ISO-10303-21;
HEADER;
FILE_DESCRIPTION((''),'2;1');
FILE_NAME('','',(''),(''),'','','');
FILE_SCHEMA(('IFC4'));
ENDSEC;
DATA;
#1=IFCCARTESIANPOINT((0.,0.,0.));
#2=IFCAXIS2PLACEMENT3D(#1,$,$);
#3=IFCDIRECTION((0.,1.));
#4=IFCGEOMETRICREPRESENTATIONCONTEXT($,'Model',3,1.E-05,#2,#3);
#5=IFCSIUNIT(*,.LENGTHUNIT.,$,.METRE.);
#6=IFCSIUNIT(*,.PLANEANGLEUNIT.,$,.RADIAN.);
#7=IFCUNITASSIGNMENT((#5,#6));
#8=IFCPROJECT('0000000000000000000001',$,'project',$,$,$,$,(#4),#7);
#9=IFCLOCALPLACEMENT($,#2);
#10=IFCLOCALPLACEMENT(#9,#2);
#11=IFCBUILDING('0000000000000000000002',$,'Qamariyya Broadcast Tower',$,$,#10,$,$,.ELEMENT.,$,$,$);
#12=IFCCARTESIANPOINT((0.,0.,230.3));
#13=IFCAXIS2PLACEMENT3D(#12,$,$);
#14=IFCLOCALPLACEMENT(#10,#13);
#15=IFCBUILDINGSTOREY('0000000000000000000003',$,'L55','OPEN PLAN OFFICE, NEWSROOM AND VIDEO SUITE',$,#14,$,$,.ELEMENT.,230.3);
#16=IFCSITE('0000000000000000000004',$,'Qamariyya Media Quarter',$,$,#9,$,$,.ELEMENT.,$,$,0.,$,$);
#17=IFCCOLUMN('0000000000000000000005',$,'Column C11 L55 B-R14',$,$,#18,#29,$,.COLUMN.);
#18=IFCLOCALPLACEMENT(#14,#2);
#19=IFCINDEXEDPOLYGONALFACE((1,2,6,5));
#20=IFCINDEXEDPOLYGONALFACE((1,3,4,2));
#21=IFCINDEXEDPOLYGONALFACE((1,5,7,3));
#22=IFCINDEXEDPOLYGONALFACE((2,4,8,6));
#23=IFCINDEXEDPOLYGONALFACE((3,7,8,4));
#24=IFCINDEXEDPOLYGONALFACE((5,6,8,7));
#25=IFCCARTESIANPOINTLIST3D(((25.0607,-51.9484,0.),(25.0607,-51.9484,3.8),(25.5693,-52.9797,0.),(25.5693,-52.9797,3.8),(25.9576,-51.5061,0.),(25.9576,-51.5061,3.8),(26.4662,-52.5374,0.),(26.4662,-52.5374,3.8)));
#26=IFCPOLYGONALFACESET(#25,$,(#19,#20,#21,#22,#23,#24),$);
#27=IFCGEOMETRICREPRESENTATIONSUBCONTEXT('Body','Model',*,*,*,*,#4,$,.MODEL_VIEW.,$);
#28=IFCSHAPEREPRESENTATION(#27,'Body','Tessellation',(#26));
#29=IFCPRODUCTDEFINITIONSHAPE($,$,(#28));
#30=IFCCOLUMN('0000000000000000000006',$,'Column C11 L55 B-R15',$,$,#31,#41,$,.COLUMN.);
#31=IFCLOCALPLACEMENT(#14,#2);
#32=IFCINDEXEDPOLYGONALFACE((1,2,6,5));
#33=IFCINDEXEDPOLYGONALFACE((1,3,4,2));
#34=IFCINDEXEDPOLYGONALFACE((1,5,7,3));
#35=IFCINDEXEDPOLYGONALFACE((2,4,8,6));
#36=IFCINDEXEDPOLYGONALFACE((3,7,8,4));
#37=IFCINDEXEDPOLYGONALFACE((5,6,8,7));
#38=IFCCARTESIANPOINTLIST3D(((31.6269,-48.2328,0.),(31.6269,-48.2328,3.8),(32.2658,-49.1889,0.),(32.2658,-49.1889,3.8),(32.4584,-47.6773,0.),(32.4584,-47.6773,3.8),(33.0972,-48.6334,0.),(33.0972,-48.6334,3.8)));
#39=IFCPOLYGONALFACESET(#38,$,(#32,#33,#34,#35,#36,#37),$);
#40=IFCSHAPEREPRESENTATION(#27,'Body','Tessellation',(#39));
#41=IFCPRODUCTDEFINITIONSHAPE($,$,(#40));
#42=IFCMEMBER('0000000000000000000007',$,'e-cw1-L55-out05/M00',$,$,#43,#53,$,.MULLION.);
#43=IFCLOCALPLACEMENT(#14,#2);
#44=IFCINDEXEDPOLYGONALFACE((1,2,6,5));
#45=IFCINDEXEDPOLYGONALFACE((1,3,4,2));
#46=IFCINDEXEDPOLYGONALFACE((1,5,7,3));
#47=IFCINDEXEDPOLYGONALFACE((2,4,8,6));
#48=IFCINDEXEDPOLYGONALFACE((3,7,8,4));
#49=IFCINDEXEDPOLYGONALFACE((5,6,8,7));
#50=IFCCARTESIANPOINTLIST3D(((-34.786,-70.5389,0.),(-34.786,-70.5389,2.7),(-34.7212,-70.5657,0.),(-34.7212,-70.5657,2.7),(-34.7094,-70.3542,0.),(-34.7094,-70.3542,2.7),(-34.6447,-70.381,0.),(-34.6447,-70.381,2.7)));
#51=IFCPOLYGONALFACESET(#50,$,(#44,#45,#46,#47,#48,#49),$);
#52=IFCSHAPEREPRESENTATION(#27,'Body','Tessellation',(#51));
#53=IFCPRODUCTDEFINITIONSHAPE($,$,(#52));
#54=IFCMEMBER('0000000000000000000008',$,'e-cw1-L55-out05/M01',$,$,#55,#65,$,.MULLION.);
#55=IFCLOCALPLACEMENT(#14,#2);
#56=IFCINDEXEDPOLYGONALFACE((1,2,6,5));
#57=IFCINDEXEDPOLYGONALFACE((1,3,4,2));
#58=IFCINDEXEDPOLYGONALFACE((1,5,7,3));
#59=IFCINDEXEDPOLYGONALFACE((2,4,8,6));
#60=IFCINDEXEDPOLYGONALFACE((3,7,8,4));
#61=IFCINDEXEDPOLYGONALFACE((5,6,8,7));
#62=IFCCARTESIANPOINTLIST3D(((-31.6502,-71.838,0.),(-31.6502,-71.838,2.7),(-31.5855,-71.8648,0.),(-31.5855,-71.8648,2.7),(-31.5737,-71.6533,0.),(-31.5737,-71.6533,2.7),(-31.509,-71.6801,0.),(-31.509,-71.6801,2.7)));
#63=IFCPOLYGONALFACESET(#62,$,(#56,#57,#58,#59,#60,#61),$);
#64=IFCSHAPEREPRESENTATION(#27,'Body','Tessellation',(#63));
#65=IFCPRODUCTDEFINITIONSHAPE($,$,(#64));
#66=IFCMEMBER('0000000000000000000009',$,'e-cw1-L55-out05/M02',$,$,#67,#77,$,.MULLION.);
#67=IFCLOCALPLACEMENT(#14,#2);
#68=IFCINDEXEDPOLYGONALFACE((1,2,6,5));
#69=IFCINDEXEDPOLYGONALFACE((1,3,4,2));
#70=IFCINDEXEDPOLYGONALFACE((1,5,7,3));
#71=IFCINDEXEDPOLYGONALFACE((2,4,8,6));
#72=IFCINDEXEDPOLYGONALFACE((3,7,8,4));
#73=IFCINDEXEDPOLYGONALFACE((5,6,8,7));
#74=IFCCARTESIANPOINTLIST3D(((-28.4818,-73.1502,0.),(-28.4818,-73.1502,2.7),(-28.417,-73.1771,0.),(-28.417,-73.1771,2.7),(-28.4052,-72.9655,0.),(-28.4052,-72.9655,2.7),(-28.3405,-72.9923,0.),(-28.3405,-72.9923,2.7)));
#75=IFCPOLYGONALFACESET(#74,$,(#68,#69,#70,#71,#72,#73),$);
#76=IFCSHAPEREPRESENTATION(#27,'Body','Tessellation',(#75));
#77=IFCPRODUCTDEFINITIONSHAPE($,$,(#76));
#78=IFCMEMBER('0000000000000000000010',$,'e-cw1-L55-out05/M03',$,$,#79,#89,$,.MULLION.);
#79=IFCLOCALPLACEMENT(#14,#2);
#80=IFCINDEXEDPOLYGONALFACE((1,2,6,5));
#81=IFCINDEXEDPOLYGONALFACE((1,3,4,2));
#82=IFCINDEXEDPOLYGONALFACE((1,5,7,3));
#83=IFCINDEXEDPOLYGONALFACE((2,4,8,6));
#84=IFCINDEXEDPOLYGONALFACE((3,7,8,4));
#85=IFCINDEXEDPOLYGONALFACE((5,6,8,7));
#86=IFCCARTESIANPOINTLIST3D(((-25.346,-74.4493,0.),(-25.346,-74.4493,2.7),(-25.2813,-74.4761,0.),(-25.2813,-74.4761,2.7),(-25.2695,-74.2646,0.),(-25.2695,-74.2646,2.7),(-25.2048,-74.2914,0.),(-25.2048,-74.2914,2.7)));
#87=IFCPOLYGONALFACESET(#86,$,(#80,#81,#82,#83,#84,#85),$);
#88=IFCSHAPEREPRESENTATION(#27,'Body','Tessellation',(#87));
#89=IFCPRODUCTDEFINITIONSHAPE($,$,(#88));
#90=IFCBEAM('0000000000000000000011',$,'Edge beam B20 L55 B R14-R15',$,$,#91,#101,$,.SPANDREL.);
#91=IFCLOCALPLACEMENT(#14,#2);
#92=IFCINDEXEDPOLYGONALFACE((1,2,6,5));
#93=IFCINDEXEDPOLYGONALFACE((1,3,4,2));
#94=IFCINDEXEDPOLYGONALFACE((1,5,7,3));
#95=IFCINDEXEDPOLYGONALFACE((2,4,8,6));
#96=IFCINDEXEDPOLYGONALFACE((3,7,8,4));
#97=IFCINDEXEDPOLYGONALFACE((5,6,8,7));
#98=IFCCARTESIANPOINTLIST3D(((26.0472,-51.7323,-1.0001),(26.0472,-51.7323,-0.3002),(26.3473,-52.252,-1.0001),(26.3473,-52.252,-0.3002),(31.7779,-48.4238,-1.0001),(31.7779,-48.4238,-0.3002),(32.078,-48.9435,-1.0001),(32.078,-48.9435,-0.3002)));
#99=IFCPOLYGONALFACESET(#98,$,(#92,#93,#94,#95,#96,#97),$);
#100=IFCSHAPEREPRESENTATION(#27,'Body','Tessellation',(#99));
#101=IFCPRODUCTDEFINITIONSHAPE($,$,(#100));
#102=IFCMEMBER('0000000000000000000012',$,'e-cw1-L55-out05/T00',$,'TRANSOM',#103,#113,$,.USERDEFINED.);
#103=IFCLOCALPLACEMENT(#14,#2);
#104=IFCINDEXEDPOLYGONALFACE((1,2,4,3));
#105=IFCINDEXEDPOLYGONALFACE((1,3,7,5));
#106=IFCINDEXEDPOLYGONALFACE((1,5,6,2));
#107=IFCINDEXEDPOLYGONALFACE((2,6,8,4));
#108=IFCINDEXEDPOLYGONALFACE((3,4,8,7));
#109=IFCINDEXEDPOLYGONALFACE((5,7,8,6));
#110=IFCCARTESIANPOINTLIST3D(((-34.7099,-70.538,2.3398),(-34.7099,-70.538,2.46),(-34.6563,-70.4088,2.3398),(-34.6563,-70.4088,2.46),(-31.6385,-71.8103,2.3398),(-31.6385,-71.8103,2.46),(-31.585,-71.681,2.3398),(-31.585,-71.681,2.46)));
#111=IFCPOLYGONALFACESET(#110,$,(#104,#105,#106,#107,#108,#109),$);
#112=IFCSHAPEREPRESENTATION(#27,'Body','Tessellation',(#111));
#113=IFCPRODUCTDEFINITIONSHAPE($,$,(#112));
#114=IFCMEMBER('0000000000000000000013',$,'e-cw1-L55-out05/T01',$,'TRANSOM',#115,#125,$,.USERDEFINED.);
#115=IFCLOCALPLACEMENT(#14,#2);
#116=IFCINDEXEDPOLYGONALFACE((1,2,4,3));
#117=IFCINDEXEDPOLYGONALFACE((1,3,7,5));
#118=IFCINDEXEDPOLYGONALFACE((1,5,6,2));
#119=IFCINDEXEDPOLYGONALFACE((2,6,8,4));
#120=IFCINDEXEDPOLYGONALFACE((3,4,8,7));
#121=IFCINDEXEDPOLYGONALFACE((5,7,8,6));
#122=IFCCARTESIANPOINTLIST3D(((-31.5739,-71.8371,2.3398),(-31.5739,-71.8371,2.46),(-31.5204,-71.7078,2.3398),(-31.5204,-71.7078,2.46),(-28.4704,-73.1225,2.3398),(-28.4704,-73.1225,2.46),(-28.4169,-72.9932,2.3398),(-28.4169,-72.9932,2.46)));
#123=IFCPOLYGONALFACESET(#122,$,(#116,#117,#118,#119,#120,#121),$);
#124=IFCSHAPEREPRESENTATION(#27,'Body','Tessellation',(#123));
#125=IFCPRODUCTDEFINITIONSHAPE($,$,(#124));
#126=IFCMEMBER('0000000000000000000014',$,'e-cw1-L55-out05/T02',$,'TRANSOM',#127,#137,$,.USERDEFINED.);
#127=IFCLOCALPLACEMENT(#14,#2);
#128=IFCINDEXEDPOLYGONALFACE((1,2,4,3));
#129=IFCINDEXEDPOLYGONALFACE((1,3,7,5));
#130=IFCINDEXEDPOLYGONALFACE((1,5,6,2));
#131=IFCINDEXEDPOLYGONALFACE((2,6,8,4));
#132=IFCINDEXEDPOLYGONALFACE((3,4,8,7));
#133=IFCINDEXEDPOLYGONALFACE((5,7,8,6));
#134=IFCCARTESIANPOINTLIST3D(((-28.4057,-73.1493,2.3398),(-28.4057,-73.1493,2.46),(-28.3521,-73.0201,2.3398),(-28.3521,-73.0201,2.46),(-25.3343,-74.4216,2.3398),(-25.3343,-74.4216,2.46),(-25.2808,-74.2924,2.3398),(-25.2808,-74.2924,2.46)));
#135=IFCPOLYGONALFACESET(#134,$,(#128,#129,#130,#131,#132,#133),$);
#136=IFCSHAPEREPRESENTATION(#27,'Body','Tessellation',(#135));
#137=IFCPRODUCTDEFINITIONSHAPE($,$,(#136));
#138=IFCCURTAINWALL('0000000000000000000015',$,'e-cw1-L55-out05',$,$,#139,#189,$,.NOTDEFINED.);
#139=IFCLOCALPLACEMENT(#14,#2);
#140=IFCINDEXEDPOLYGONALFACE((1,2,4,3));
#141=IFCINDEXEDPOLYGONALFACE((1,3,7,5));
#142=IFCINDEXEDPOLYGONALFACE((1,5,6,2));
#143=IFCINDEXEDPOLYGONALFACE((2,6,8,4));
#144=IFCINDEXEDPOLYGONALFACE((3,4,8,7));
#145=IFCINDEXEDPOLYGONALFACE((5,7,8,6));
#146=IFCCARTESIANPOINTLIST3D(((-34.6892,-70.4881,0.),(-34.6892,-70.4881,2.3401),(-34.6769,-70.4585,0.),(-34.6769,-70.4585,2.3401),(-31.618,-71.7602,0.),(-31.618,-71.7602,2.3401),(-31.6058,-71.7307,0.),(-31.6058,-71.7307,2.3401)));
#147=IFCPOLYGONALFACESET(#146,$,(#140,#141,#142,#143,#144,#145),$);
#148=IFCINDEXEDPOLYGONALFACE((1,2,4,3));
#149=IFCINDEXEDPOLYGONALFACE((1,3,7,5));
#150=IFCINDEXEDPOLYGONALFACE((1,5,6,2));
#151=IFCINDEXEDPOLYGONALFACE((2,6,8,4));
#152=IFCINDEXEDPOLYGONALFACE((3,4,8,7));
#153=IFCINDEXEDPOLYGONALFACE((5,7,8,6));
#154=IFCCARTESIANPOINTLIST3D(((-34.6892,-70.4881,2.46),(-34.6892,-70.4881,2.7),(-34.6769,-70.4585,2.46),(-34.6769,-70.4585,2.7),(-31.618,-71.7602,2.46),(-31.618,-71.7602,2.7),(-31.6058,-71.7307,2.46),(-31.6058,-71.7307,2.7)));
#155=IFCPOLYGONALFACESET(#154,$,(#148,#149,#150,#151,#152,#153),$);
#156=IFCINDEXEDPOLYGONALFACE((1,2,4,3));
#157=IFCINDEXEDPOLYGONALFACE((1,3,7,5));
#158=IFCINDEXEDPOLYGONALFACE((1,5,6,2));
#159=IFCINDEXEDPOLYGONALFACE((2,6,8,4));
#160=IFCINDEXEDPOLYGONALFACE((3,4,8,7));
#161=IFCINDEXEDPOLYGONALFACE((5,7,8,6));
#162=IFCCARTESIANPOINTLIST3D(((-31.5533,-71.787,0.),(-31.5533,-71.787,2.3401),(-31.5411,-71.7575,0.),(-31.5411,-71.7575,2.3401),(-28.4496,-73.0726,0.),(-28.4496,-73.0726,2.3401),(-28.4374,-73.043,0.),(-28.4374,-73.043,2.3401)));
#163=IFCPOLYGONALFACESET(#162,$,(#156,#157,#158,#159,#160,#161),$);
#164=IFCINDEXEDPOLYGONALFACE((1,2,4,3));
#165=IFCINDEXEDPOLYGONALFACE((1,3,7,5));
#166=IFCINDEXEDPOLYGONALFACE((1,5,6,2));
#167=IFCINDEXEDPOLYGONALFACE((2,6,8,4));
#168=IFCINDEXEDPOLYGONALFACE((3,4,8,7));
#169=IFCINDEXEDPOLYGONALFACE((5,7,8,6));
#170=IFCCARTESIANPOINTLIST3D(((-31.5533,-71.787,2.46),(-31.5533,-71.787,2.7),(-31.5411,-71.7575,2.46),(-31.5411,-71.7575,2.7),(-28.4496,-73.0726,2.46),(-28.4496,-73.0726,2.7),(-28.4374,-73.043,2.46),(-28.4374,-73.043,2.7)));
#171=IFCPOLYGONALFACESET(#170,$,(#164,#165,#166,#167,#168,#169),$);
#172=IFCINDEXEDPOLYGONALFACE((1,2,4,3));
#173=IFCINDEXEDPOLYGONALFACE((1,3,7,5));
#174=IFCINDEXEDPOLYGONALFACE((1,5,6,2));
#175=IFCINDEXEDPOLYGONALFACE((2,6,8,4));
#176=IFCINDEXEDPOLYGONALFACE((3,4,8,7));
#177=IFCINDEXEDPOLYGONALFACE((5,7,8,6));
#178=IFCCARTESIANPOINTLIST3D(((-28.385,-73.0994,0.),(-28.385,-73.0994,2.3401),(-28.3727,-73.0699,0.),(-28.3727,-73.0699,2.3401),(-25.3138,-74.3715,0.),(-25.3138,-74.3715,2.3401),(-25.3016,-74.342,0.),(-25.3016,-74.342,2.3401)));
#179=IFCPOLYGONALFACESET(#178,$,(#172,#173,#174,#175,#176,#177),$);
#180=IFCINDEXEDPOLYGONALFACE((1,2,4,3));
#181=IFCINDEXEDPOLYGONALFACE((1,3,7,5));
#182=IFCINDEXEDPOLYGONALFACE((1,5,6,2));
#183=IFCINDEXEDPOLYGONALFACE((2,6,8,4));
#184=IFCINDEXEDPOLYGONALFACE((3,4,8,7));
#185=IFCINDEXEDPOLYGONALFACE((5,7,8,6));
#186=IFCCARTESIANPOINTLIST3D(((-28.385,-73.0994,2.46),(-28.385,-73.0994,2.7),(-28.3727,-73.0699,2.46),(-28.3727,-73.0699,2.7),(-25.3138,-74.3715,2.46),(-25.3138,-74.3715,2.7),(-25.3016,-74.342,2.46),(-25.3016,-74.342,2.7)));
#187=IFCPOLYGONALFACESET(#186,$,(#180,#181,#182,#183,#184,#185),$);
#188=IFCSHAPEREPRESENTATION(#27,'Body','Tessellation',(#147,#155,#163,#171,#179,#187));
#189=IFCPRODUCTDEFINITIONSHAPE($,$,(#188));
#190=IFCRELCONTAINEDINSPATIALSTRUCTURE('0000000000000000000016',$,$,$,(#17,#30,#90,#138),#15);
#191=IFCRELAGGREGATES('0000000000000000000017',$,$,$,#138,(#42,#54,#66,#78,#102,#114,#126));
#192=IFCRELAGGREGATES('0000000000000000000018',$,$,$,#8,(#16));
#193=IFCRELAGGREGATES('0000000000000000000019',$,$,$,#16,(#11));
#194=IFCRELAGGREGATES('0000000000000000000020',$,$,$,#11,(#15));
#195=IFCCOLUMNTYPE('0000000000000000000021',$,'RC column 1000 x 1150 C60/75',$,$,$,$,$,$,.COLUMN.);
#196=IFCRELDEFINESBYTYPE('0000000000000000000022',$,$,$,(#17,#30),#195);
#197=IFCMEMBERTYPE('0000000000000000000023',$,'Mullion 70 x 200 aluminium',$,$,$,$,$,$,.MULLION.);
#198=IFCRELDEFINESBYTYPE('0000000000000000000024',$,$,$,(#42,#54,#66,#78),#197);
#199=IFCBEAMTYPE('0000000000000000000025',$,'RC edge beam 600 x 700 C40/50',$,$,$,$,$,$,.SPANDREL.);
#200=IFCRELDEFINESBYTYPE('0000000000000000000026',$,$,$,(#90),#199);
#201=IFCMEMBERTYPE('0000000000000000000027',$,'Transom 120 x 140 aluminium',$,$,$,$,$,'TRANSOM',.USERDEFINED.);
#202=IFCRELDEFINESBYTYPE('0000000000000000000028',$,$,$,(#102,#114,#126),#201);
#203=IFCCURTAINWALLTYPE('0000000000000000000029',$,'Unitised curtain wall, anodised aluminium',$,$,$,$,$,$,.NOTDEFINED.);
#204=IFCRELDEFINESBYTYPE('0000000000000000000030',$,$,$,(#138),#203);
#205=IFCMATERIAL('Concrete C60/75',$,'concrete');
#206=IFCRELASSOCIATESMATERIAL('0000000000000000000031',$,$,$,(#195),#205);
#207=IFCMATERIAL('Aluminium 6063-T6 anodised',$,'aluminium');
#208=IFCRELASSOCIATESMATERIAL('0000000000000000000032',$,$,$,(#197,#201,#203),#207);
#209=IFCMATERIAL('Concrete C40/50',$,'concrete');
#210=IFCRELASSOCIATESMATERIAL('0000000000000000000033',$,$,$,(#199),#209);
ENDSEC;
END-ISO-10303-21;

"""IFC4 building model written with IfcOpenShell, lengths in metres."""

from ifc_helpers import new_model, si_unit, direction, frame, origin, origin_2d, place, context, subcontext, project, spatial, rectangle, extrude, material, material_profile, profile_set, type_object, element, aggregate, save


model = new_model("IFC4")

# Units and contexts
model_context = context("Model", 3, precision=1e-05, world=origin(), true_north=direction((0.0, 1.0)))
body_context = subcontext(model_context, "Body", "Model", "MODEL_VIEW")
ifc_project = project(units=[si_unit("LENGTHUNIT", "METRE"), si_unit("PLANEANGLEUNIT", "RADIAN")], contexts=[model_context])

# Site, building, storey
site_placement = place(None, origin())
site = spatial("IfcSite", under=ifc_project, at=site_placement, Name="Qamariyya Media Quarter", CompositionType="ELEMENT", RefElevation=0.0)
building_placement = place(site_placement, origin())
building = spatial("IfcBuilding", under=site, at=building_placement, Name="Qamariyya Broadcast Tower", CompositionType="ELEMENT")
storey_placement = place(building_placement, frame((0.0, 0.0, 230.3)))
storey = spatial("IfcBuildingStorey", under=building, at=storey_placement, Name="L55", Description="OPEN PLAN OFFICE, NEWSROOM AND VIDEO SUITE", CompositionType="ELEMENT", Elevation=230.3)

# Columns
ifc_material_1 = material(Name="Concrete C60/75", Category="concrete")
ifc_material_profile_1 = material_profile(ifc_material_1, rectangle(XDim=1.0, YDim=1.1499, at=origin_2d()))
ifc_profile_set_1 = profile_set([ifc_material_profile_1], Name="Concrete C60/75")
column_type = type_object("IfcColumnType", Name="RC column 1000 x 1150 C60/75", PredefinedType="COLUMN", material=ifc_profile_set_1)
for number, where, z_axis, x_axis, name in (
    (1, (25.7634, -52.2429, 0.0), (0.0, 0.0, 1.0), (0.896873, 0.442289, 0.0), "Column C11 L55 B-R14"),
    (2, (32.3621, -48.4331, 0.0), (0.0, 0.0, 1.0), (0.83147, 0.55557, 0.0), "Column C11 L55 B-R15"),
):
    element("IfcColumn", number, at=place(storey_placement, frame(where, z_axis=z_axis, x_axis=x_axis)), inside=storey, type_object=column_type, Name=name, PredefinedType="COLUMN", context=body_context, shape_type="SweptSolid", body=[
        extrude(rectangle(XDim=1.0, YDim=1.1499, at=origin_2d()), origin(), (0.0, 0.0, 1.0), 3.8),
    ])

# Members
ifc_material_2 = material(Name="Aluminium 6063-T6 anodised", Category="aluminium")
ifc_material_profile_2 = material_profile(ifc_material_2, rectangle(XDim=0.2, YDim=0.0701, at=origin_2d()))
ifc_profile_set_2 = profile_set([ifc_material_profile_2], Name="Aluminium 6063-T6 anodised")
member_type_1 = type_object("IfcMemberType", Name="Mullion 70 x 200 aluminium", PredefinedType="MULLION", material=ifc_profile_set_2)
member_1_placement = place(storey_placement, frame((-34.7153, -70.46, 0.0), z_axis=(0.0, 0.0, 1.0), x_axis=(0.382683, 0.92388, 0.0)))
member_1 = element("IfcMember", 3, at=member_1_placement, type_object=member_type_1, Name="e-cw1-L55-out05/M00", PredefinedType="MULLION", context=body_context, shape_type="SweptSolid", body=[
    extrude(rectangle(XDim=0.2, YDim=0.0701, at=origin_2d()), origin(), (0.0, 0.0, 1.0), 2.7),
])
member_2_placement = place(storey_placement, frame((-31.5796, -71.759, 0.0), z_axis=(0.0, 0.0, 1.0), x_axis=(0.382683, 0.92388, 0.0)))
member_2 = element("IfcMember", 4, at=member_2_placement, type_object=member_type_1, Name="e-cw1-L55-out05/M01", PredefinedType="MULLION", context=body_context, shape_type="SweptSolid", body=[
    extrude(rectangle(XDim=0.2, YDim=0.0701, at=origin_2d()), origin(), (0.0, 0.0, 1.0), 2.7),
])
member_3_placement = place(storey_placement, frame((-28.4111, -73.0713, 0.0), z_axis=(0.0, 0.0, 1.0), x_axis=(0.382683, 0.92388, 0.0)))
member_3 = element("IfcMember", 5, at=member_3_placement, type_object=member_type_1, Name="e-cw1-L55-out05/M02", PredefinedType="MULLION", context=body_context, shape_type="SweptSolid", body=[
    extrude(rectangle(XDim=0.2, YDim=0.0701, at=origin_2d()), origin(), (0.0, 0.0, 1.0), 2.7),
])
member_4_placement = place(storey_placement, frame((-25.2754, -74.3704, 0.0), z_axis=(0.0, 0.0, 1.0), x_axis=(0.382683, 0.92388, 0.0)))
member_4 = element("IfcMember", 6, at=member_4_placement, type_object=member_type_1, Name="e-cw1-L55-out05/M03", PredefinedType="MULLION", context=body_context, shape_type="SweptSolid", body=[
    extrude(rectangle(XDim=0.2, YDim=0.0701, at=origin_2d()), origin(), (0.0, 0.0, 1.0), 2.7),
])

# Beam
ifc_material_3 = material(Name="Concrete C40/50", Category="concrete")
ifc_material_profile_3 = material_profile(ifc_material_3, rectangle(XDim=0.6001, YDim=0.7, at=origin_2d()))
ifc_profile_set_3 = profile_set([ifc_material_profile_3], Name="Concrete C40/50")
beam_type_1 = type_object("IfcBeamType", Name="RC edge beam 600 x 700 C40/50", PredefinedType="SPANDREL", material=ifc_profile_set_3)
beam_1_placement = place(storey_placement, frame((26.1973, -51.9922, -0.6501), z_axis=(0.866028, 0.499996, 0.0), x_axis=(-0.499996, 0.866028, 0.0)))
element("IfcBeam", 7, at=beam_1_placement, inside=storey, type_object=beam_type_1, Name="Edge beam B20 L55 B R14-R15", PredefinedType="SPANDREL", context=body_context, shape_type="SweptSolid", body=[
    extrude(rectangle(XDim=0.6001, YDim=0.7, at=origin_2d()), origin(), (0.0, 0.0, 1.0), 6.6172),
])

# Members
ifc_material_profile_4 = material_profile(ifc_material_2, rectangle(XDim=0.1399, YDim=0.1201, at=origin_2d()))
ifc_profile_set_4 = profile_set([ifc_material_profile_4], Name="Aluminium 6063-T6 anodised")
member_type_2 = type_object("IfcMemberType", Name="Transom 120 x 140 aluminium", ElementType="TRANSOM", PredefinedType="USERDEFINED", material=ifc_profile_set_4)
member_5_placement = place(storey_placement, frame((-34.6831, -70.4734, 2.3999), z_axis=(0.923875, -0.382696, 0.0), x_axis=(0.382696, 0.923875, 0.0)))
member_5 = element("IfcMember", 8, at=member_5_placement, type_object=member_type_2, Name="e-cw1-L55-out05/T00", ObjectType="TRANSOM", PredefinedType="USERDEFINED", context=body_context, shape_type="SweptSolid", body=[
    extrude(rectangle(XDim=0.1399, YDim=0.1201, at=origin_2d()), origin(), (0.0, 0.0, 1.0), 3.3245),
])
member_6_placement = place(storey_placement, frame((-31.5471, -71.7725, 2.3999), z_axis=(0.923892, -0.382653, 0.0), x_axis=(0.382653, 0.923892, 0.0)))
member_6 = element("IfcMember", 9, at=member_6_placement, type_object=member_type_2, Name="e-cw1-L55-out05/T01", ObjectType="TRANSOM", PredefinedType="USERDEFINED", context=body_context, shape_type="SweptSolid", body=[
    extrude(rectangle(XDim=0.1399, YDim=0.1201, at=origin_2d()), origin(), (0.0, 0.0, 1.0), 3.3591),
])
member_7_placement = place(storey_placement, frame((-28.3789, -73.0847, 2.3999), z_axis=(0.923875, -0.382696, 0.0), x_axis=(0.382696, 0.923875, 0.0)))
member_7 = element("IfcMember", 10, at=member_7_placement, type_object=member_type_2, Name="e-cw1-L55-out05/T02", ObjectType="TRANSOM", PredefinedType="USERDEFINED", context=body_context, shape_type="SweptSolid", body=[
    extrude(rectangle(XDim=0.1399, YDim=0.1201, at=origin_2d()), origin(), (0.0, 0.0, 1.0), 3.3245),
])

# Curtain wall
curtain_wall_type = type_object("IfcCurtainWallType", Name="Unitised curtain wall, anodised aluminium", PredefinedType="NOTDEFINED", material=ifc_material_2)
curtain_wall_placement = place(storey_placement, origin())
curtain_wall = element("IfcCurtainWall", 11, at=curtain_wall_placement, inside=storey, type_object=curtain_wall_type, Name="e-cw1-L55-out05", PredefinedType="NOTDEFINED", context=body_context, shape_type="SweptSolid", body=[
    extrude(rectangle(XDim=3.3242, YDim=0.032, at=origin_2d()), frame((-33.1475, -71.1094, 0.0), x_axis=(0.923881, -0.38268, 0.0)), (0.0, 0.0, 1.0), 2.3401),
    extrude(rectangle(XDim=3.3242, YDim=0.032, at=origin_2d()), frame((-33.1475, -71.1094, 2.46), x_axis=(0.923881, -0.38268, 0.0)), (0.0, 0.0, 1.0), 0.24),
    extrude(rectangle(XDim=3.3594, YDim=0.032, at=origin_2d()), frame((-29.9954, -72.415, 0.0), x_axis=(0.923881, -0.38268, 0.0)), (0.0, 0.0, 1.0), 2.3401),
    extrude(rectangle(XDim=3.3594, YDim=0.032, at=origin_2d()), frame((-29.9954, -72.415, 2.46), x_axis=(0.923881, -0.38268, 0.0)), (0.0, 0.0, 1.0), 0.24),
    extrude(rectangle(XDim=3.3242, YDim=0.032, at=origin_2d()), frame((-26.8433, -73.7207, 0.0), x_axis=(0.923881, -0.38268, 0.0)), (0.0, 0.0, 1.0), 2.3401),
    extrude(rectangle(XDim=3.3242, YDim=0.032, at=origin_2d()), frame((-26.8433, -73.7207, 2.46), x_axis=(0.923881, -0.38268, 0.0)), (0.0, 0.0, 1.0), 0.24),
])
aggregate(curtain_wall, [member_1, member_2, member_3, member_4, member_5, member_6, member_7])

save(model, "model.ifc")
